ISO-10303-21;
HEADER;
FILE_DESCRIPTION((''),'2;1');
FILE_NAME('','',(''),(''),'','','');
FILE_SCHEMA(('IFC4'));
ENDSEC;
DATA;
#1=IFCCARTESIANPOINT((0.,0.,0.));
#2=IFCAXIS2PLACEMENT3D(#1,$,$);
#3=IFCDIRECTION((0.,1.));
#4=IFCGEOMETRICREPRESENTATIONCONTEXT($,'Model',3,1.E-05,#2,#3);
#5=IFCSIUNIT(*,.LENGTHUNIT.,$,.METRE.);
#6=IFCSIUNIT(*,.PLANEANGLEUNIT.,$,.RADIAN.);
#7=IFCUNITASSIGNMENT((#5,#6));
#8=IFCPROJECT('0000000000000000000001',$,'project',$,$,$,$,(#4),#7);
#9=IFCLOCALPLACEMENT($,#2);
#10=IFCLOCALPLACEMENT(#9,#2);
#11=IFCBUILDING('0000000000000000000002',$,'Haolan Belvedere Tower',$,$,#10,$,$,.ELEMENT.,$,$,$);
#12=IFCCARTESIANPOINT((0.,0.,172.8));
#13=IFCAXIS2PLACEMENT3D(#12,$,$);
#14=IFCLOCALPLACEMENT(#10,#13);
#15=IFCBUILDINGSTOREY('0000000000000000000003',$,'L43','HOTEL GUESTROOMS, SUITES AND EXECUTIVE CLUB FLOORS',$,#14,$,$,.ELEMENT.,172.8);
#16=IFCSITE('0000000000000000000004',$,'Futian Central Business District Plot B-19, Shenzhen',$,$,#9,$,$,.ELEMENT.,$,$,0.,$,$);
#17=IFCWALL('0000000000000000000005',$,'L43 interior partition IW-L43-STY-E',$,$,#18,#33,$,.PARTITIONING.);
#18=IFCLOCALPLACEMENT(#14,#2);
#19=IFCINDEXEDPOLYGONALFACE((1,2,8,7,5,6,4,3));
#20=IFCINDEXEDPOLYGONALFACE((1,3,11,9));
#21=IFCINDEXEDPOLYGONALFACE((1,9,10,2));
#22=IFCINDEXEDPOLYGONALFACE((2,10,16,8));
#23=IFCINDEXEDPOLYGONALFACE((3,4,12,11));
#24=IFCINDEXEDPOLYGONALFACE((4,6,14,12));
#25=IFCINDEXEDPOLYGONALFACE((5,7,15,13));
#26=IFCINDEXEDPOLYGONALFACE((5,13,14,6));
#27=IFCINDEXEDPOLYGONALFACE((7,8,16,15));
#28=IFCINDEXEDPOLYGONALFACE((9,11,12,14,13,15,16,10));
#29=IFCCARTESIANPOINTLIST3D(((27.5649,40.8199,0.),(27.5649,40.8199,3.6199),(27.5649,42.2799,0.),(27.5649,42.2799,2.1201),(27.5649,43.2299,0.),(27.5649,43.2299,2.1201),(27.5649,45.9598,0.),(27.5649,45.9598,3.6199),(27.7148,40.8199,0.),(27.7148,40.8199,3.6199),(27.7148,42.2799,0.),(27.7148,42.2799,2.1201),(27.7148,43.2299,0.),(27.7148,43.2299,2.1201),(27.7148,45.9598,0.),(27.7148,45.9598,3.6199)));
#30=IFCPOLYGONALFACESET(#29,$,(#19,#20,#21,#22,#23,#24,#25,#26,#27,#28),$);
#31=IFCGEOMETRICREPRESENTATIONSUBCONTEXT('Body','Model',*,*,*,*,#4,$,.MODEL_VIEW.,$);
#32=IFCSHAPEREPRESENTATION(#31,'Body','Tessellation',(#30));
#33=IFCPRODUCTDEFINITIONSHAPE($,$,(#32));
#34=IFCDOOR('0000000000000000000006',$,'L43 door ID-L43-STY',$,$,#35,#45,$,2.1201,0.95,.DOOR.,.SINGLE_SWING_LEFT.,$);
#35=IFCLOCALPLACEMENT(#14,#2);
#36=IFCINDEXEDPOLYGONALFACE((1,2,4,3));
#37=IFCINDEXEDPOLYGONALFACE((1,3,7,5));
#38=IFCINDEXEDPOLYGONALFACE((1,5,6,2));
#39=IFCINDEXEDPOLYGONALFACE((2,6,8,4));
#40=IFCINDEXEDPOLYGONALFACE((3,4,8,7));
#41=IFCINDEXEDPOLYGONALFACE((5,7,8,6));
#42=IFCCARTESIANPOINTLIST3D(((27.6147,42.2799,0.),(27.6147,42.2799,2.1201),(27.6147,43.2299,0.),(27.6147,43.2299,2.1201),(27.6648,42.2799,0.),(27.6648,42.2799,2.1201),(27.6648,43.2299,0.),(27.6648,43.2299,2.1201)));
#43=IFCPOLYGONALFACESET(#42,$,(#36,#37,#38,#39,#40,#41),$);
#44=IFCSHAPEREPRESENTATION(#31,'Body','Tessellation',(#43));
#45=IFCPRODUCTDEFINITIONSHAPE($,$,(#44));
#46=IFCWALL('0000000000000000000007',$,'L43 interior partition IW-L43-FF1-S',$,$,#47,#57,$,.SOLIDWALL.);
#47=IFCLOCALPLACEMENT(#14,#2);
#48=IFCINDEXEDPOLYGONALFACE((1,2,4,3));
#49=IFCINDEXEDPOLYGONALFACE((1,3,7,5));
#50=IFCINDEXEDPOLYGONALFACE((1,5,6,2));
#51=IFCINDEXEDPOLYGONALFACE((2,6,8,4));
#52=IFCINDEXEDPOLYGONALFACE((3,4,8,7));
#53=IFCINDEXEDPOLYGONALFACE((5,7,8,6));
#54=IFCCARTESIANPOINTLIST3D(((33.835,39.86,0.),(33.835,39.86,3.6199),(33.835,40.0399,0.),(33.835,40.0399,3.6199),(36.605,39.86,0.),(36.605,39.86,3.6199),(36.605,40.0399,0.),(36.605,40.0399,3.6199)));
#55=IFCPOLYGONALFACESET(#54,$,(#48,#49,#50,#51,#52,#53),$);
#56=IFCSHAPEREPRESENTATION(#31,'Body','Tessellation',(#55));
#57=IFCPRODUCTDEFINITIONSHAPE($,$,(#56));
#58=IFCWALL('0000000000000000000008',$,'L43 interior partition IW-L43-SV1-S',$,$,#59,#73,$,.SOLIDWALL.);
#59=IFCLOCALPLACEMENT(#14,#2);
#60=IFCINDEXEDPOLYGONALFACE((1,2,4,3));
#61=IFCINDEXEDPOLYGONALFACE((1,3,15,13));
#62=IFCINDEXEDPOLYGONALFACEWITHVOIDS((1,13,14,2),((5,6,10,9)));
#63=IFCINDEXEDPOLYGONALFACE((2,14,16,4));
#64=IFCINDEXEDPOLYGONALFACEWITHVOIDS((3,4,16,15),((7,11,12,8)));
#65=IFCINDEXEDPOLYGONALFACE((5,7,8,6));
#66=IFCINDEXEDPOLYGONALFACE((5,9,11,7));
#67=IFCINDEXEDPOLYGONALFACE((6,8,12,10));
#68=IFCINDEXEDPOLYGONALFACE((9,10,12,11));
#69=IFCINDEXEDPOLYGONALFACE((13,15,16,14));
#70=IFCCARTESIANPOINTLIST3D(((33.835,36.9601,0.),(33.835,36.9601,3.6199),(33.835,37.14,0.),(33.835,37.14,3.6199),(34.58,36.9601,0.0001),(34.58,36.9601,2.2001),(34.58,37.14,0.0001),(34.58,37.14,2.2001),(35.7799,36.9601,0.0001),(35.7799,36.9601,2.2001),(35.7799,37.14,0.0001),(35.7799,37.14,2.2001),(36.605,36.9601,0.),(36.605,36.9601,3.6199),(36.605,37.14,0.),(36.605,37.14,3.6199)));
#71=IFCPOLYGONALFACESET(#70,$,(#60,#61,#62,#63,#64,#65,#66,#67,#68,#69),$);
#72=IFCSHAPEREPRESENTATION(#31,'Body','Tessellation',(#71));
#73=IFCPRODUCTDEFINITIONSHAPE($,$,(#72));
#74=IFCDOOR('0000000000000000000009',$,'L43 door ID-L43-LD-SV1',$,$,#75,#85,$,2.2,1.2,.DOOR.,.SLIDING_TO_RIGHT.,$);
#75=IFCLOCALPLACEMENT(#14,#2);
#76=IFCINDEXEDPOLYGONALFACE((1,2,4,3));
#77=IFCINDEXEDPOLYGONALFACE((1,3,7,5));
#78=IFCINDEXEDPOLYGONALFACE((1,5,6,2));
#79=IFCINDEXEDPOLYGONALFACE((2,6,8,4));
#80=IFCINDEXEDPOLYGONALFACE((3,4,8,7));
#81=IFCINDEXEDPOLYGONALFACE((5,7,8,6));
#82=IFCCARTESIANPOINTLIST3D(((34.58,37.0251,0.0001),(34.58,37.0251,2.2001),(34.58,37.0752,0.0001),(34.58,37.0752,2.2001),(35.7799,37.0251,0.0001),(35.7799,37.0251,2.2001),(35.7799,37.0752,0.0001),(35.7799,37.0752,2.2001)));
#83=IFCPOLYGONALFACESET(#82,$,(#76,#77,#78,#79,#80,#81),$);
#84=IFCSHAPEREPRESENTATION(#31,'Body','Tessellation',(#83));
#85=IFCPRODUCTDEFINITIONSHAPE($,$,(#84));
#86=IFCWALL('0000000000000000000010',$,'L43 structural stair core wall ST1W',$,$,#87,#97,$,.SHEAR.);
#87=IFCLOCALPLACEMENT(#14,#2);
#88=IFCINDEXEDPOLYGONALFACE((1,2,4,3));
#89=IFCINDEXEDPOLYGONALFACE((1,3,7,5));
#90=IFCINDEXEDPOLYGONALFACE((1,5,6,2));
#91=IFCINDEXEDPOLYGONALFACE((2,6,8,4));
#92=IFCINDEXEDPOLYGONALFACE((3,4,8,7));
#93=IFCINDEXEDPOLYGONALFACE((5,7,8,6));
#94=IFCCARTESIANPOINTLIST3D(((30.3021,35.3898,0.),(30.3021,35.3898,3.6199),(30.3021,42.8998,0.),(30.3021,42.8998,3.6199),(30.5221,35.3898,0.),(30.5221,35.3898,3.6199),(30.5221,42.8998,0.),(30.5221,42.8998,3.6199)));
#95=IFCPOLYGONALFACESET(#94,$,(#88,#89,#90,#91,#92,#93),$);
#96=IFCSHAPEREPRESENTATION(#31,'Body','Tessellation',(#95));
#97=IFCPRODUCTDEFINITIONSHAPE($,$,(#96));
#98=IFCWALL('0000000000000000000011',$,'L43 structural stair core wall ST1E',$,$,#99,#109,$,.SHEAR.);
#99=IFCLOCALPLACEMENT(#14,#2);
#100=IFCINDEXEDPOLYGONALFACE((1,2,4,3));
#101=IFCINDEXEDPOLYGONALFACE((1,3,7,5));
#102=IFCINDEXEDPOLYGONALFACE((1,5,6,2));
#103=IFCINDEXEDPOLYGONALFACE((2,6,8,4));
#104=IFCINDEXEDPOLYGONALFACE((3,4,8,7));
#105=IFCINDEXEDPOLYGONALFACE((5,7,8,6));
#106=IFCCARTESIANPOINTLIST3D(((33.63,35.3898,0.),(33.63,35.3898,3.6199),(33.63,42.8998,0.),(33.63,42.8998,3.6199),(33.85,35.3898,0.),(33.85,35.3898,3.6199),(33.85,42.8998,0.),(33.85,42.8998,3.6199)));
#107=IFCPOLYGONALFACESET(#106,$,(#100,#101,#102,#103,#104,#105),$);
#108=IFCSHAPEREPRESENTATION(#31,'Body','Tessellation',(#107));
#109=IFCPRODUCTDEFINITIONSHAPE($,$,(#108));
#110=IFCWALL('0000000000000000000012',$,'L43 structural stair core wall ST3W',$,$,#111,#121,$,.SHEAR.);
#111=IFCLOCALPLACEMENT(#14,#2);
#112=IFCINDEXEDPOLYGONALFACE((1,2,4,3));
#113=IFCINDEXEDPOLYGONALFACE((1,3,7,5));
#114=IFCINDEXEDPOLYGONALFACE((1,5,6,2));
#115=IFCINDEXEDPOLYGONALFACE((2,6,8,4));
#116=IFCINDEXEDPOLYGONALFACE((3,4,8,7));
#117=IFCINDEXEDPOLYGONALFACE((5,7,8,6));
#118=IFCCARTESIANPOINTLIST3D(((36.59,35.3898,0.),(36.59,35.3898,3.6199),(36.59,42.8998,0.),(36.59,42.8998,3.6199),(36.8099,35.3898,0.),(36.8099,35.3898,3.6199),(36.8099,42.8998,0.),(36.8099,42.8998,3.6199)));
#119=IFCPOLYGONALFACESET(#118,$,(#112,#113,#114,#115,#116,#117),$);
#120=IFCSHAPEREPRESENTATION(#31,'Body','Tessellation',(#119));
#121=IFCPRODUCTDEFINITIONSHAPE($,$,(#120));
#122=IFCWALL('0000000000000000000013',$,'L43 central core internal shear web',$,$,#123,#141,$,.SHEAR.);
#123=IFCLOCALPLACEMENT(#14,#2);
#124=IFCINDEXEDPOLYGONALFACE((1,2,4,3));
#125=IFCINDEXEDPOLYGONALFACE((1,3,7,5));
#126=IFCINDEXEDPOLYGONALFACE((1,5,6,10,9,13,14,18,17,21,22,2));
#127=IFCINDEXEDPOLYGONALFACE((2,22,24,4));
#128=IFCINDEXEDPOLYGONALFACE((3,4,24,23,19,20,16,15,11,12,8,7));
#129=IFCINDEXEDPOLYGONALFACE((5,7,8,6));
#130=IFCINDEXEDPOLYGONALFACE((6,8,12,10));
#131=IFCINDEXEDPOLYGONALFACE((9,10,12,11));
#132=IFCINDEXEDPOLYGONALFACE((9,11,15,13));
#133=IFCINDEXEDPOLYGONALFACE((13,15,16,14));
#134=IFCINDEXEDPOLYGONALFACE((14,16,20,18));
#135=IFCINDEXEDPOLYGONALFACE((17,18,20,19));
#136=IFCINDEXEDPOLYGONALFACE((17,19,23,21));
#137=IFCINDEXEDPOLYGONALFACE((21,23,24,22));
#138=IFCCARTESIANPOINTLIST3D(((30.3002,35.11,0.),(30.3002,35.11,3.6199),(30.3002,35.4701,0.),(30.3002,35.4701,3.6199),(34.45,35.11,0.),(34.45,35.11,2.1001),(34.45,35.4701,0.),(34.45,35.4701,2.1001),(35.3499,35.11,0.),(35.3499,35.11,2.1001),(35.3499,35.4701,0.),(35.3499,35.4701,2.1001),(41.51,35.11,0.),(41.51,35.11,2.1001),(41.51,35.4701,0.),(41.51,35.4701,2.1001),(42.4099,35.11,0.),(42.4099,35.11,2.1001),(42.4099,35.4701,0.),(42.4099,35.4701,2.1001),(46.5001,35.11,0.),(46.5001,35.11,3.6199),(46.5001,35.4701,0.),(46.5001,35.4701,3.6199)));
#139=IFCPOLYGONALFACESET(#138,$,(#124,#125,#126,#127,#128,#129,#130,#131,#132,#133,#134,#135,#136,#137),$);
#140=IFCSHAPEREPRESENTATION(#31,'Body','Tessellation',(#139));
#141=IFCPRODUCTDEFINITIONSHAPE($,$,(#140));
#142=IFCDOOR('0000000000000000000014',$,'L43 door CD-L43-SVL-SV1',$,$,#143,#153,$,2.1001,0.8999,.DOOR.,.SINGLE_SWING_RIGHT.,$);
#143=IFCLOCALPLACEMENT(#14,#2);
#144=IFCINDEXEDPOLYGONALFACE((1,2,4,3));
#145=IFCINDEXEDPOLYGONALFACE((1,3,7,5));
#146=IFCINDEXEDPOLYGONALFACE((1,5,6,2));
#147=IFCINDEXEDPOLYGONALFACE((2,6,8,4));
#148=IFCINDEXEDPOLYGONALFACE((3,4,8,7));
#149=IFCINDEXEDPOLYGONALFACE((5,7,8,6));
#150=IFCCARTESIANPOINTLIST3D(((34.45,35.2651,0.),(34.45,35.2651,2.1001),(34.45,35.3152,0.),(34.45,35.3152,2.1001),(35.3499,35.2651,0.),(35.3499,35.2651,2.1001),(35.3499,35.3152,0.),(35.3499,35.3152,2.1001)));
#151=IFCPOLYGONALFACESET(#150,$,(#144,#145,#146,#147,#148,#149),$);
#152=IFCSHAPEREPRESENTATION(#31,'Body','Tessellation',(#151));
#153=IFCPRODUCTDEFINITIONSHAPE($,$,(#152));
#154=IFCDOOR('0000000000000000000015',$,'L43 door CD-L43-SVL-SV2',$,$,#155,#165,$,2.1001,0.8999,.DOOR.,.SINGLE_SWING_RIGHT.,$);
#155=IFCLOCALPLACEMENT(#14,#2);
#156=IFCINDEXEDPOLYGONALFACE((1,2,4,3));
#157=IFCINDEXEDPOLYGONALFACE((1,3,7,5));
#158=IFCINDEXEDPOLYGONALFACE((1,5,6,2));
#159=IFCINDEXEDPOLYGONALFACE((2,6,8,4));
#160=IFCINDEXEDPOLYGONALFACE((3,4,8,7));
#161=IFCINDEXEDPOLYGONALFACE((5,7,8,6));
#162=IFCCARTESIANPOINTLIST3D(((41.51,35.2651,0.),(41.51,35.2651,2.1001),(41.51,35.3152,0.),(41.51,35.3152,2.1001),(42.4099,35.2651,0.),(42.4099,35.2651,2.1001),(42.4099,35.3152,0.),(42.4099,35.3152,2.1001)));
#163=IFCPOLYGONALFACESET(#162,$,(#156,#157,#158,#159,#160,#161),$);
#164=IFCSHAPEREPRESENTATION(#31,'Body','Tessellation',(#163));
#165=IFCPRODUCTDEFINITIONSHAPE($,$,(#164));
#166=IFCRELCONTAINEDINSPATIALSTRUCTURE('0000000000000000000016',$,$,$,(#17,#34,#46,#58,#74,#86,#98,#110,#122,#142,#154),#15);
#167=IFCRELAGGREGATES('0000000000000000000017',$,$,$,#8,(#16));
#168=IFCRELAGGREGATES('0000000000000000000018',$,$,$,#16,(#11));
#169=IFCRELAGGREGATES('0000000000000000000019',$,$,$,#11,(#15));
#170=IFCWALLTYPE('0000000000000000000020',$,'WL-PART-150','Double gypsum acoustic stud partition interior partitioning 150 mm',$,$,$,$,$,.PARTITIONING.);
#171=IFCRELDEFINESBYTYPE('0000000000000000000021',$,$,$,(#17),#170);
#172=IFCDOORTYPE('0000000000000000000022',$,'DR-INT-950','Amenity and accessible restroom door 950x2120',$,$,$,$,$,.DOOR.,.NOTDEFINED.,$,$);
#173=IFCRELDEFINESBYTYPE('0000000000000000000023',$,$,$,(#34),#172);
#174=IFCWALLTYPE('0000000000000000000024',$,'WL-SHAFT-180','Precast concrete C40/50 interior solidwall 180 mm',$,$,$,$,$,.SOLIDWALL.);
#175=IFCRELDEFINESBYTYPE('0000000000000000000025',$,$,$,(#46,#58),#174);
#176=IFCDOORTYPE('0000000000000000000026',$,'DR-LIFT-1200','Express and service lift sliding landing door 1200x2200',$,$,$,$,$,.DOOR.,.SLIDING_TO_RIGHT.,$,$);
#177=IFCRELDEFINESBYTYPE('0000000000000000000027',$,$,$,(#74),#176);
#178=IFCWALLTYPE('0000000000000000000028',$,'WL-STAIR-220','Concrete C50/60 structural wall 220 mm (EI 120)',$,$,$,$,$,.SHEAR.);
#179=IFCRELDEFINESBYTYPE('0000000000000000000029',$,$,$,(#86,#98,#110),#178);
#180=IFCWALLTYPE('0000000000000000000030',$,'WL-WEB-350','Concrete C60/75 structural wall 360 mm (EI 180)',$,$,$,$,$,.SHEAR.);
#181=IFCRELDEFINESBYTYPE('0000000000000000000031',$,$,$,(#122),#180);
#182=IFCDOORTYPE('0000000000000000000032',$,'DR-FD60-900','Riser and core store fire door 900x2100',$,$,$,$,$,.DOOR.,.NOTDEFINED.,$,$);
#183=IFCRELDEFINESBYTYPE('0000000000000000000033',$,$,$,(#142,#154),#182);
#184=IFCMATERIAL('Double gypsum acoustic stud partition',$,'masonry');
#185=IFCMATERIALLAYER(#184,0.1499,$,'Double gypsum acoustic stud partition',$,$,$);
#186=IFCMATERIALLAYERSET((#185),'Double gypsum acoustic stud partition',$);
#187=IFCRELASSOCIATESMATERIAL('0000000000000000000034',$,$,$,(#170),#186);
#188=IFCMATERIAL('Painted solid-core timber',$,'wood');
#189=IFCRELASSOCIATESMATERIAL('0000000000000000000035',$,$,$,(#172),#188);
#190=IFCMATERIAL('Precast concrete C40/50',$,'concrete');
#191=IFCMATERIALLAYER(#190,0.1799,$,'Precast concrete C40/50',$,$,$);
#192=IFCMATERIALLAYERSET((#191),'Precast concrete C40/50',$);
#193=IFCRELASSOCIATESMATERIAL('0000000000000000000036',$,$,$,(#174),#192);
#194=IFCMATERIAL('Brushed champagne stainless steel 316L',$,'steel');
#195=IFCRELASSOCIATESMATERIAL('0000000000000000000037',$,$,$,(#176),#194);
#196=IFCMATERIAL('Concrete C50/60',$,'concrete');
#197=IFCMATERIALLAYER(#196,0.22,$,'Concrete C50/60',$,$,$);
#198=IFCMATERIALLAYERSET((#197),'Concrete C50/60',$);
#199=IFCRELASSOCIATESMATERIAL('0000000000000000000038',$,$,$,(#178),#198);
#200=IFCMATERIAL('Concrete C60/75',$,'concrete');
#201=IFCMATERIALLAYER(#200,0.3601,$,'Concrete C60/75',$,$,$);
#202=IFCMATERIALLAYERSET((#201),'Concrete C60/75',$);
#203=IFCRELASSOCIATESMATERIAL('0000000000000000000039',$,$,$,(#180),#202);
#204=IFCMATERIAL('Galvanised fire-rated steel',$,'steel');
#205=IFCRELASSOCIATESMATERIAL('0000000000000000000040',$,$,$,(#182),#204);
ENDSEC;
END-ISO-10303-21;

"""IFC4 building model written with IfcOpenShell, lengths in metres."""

from ifc_helpers import new_model, si_unit, direction, frame, frame_2d, origin, place, context, subcontext, project, spatial, rectangle, extrude, material, layer, layer_set, type_object, element, fill, save


model = new_model("IFC4")

# Units and contexts
model_context = context("Model", 3, precision=1e-05, world=origin(), true_north=direction((0.0, 1.0)))
body_context = subcontext(model_context, "Body", "Model", "MODEL_VIEW")
ifc_project = project(units=[si_unit("LENGTHUNIT", "METRE"), si_unit("PLANEANGLEUNIT", "RADIAN")], contexts=[model_context])

# Site, building, storey
site_placement = place(None, origin())
site = spatial("IfcSite", under=ifc_project, at=site_placement, Name="Futian Central Business District Plot B-19, Shenzhen", CompositionType="ELEMENT", RefElevation=0.0)
building_placement = place(site_placement, origin())
building = spatial("IfcBuilding", under=site, at=building_placement, Name="Haolan Belvedere Tower", CompositionType="ELEMENT")
storey_placement = place(building_placement, frame((0.0, 0.0, 172.8)))
storey = spatial("IfcBuildingStorey", under=building, at=storey_placement, Name="L43", Description="HOTEL GUESTROOMS, SUITES AND EXECUTIVE CLUB FLOORS", CompositionType="ELEMENT", Elevation=172.8)

# Wall, opening, door
ifc_material_1 = material(Name="Double gypsum acoustic stud partition", Category="masonry")
ifc_layer_1 = layer(ifc_material_1, 0.1499, Name="Double gypsum acoustic stud partition")
ifc_layer_set_1 = layer_set([ifc_layer_1], Name="Double gypsum acoustic stud partition")
wall_type_1 = type_object("IfcWallType", Name="WL-PART-150", Description="Double gypsum acoustic stud partition interior partitioning 150 mm", PredefinedType="PARTITIONING", material=ifc_layer_set_1)
ifc_material_2 = material(Name="Painted solid-core timber", Category="wood")
door_type_1 = type_object("IfcDoorType", Name="DR-INT-950", Description="Amenity and accessible restroom door 950x2120", OperationType="NOTDEFINED", PredefinedType="DOOR", material=ifc_material_2)
wall_1_placement = place(storey_placement, frame((27.6399, 40.8201, 0.0), z_axis=(0.0, 0.0, 1.0), x_axis=(0.0, 1.0, 0.0)))
wall_1 = element("IfcWall", 1, at=wall_1_placement, inside=storey, type_object=wall_type_1, Name="L43 interior partition IW-L43-STY-E", PredefinedType="PARTITIONING", context=body_context, shape_type="SweptSolid", body=[
    extrude(rectangle(XDim=5.1399, YDim=0.1499, at=frame_2d((2.5698, 0.0))), origin(), (0.0, 0.0, 1.0), 3.6199),
])
opening_1_placement = place(wall_1_placement, frame((2.4099, 0.0, 0.0), z_axis=(0.0, 0.0, 1.0), x_axis=(-1.0, 0.0, 0.0)))
opening_1 = element("IfcOpeningElement", 2, at=opening_1_placement, cuts=wall_1, PredefinedType="OPENING", context=body_context, shape_type="SweptSolid", body=[
    extrude(rectangle(XDim=0.95, YDim=2.1201, at=frame_2d((0.4751, 1.0601))), frame((0.0, 0.085, 0.0), z_axis=(0.0, -1.0, 0.0), x_axis=(1.0, 0.0, 0.0)), (0.0, 0.0, 1.0), 0.1699),
])
door_1_placement = place(opening_1_placement, origin())
door_1 = element("IfcDoor", 3, at=door_1_placement, inside=storey, type_object=door_type_1, Name="L43 door ID-L43-STY", OperationType="SINGLE_SWING_LEFT", OverallHeight=2.1201, OverallWidth=0.95, PredefinedType="DOOR", context=body_context, shape_type="SweptSolid", body=[
    extrude(rectangle(XDim=0.95, YDim=2.1201, at=frame_2d((0.4751, 1.0601))), frame((0.0, 0.0249, 0.0), z_axis=(0.0, -1.0, 0.0), x_axis=(1.0, 0.0, 0.0)), (0.0, 0.0, 1.0), 0.05),
])
fill(opening_1, door_1)

# Wall
ifc_material_3 = material(Name="Precast concrete C40/50", Category="concrete")
ifc_layer_2 = layer(ifc_material_3, 0.1799, Name="Precast concrete C40/50")
ifc_layer_set_2 = layer_set([ifc_layer_2], Name="Precast concrete C40/50")
wall_type_2 = type_object("IfcWallType", Name="WL-SHAFT-180", Description="Precast concrete C40/50 interior solidwall 180 mm", PredefinedType="SOLIDWALL", material=ifc_layer_set_2)
wall_2_placement = place(storey_placement, frame((33.835, 39.95, 0.0), z_axis=(0.0, 0.0, 1.0), x_axis=(1.0, 0.0, 0.0)))
element("IfcWall", 4, at=wall_2_placement, inside=storey, type_object=wall_type_2, Name="L43 interior partition IW-L43-FF1-S", PredefinedType="SOLIDWALL", context=body_context, shape_type="SweptSolid", body=[
    extrude(rectangle(XDim=2.77, YDim=0.1799, at=frame_2d((1.385, 0.0))), origin(), (0.0, 0.0, 1.0), 3.6199),
])

# Wall, opening, door
wall_3_placement = place(storey_placement, frame((33.835, 37.05, 0.0), z_axis=(0.0, 0.0, 1.0), x_axis=(1.0, 0.0, 0.0)))
wall_3 = element("IfcWall", 5, at=wall_3_placement, inside=storey, type_object=wall_type_2, Name="L43 interior partition IW-L43-SV1-S", PredefinedType="SOLIDWALL", context=body_context, shape_type="SweptSolid", body=[
    extrude(rectangle(XDim=2.77, YDim=0.1799, at=frame_2d((1.385, 0.0))), origin(), (0.0, 0.0, 1.0), 3.6199),
])
opening_2_placement = place(wall_3_placement, frame((1.9451, 0.0, 0.0), z_axis=(0.0, 0.0, 1.0), x_axis=(-1.0, 0.0, 0.0)))
opening_2 = element("IfcOpeningElement", 6, at=opening_2_placement, cuts=wall_3, PredefinedType="OPENING", context=body_context, shape_type="SweptSolid", body=[
    extrude(rectangle(XDim=1.2, YDim=2.2, at=frame_2d((0.6001, 1.1001))), frame((0.0, 0.0999, 0.0), z_axis=(0.0, -1.0, 0.0), x_axis=(1.0, 0.0, 0.0)), (0.0, 0.0, 1.0), 0.2),
])
ifc_material_4 = material(Name="Brushed champagne stainless steel 316L", Category="steel")
door_type_2 = type_object("IfcDoorType", Name="DR-LIFT-1200", Description="Express and service lift sliding landing door 1200x2200", OperationType="SLIDING_TO_RIGHT", PredefinedType="DOOR", material=ifc_material_4)
door_2_placement = place(opening_2_placement, origin())
door_2 = element("IfcDoor", 7, at=door_2_placement, inside=storey, type_object=door_type_2, Name="L43 door ID-L43-LD-SV1", OperationType="SLIDING_TO_RIGHT", OverallHeight=2.2, OverallWidth=1.2, PredefinedType="DOOR", context=body_context, shape_type="SweptSolid", body=[
    extrude(rectangle(XDim=1.2, YDim=2.2, at=frame_2d((0.6001, 1.1001))), frame((0.0, 0.0249, 0.0), z_axis=(0.0, -1.0, 0.0), x_axis=(1.0, 0.0, 0.0)), (0.0, 0.0, 1.0), 0.05),
])
fill(opening_2, door_2)

# Walls
ifc_material_5 = material(Name="Concrete C50/60", Category="concrete")
ifc_layer_3 = layer(ifc_material_5, 0.22, Name="Concrete C50/60")
ifc_layer_set_3 = layer_set([ifc_layer_3], Name="Concrete C50/60")
wall_type_3 = type_object("IfcWallType", Name="WL-STAIR-220", Description="Concrete C50/60 structural wall 220 mm (EI 120)", PredefinedType="SHEAR", material=ifc_layer_set_3)
for number, where, z_axis, x_axis, name in (
    (8, (30.4121, 35.3899, 0.0), (0.0, 0.0, 1.0), (0.0, 1.0, 0.0), "L43 structural stair core wall ST1W"),
    (9, (33.74, 35.3899, 0.0), (0.0, 0.0, 1.0), (0.0, 1.0, 0.0), "L43 structural stair core wall ST1E"),
    (10, (36.7, 35.3899, 0.0), (0.0, 0.0, 1.0), (0.0, 1.0, 0.0), "L43 structural stair core wall ST3W"),
):
    element("IfcWall", number, at=place(storey_placement, frame(where, z_axis=z_axis, x_axis=x_axis)), inside=storey, type_object=wall_type_3, Name=name, PredefinedType="SHEAR", context=body_context, shape_type="SweptSolid", body=[
        extrude(rectangle(XDim=7.51, YDim=0.22, at=frame_2d((3.7549, 0.0))), origin(), (0.0, 0.0, 1.0), 3.6199),
    ])

# Wall, openings, doors
ifc_material_6 = material(Name="Concrete C60/75", Category="concrete")
ifc_layer_4 = layer(ifc_material_6, 0.3601, Name="Concrete C60/75")
ifc_layer_set_4 = layer_set([ifc_layer_4], Name="Concrete C60/75")
wall_type_4 = type_object("IfcWallType", Name="WL-WEB-350", Description="Concrete C60/75 structural wall 360 mm (EI 180)", PredefinedType="SHEAR", material=ifc_layer_set_4)
wall_4_placement = place(storey_placement, frame((30.3, 35.29, 0.0), z_axis=(0.0, 0.0, 1.0), x_axis=(1.0, 0.0, 0.0)))
wall_4 = element("IfcWall", 11, at=wall_4_placement, inside=storey, type_object=wall_type_4, Name="L43 central core internal shear web", PredefinedType="SHEAR", context=body_context, shape_type="SweptSolid", body=[
    extrude(rectangle(XDim=16.2, YDim=0.3601, at=frame_2d((8.1001, 0.0))), origin(), (0.0, 0.0, 1.0), 3.6199),
])
opening_3_placement = place(wall_4_placement, frame((5.0498, 0.0, 0.0), z_axis=(0.0, 0.0, 1.0), x_axis=(-1.0, 0.0, 0.0)))
opening_3 = element("IfcOpeningElement", 12, at=opening_3_placement, cuts=wall_4, PredefinedType="OPENING", context=body_context, shape_type="SweptSolid", body=[
    extrude(rectangle(XDim=0.8999, YDim=2.1001, at=frame_2d((0.45, 1.05))), frame((0.0, 0.1899, 0.0), z_axis=(0.0, -1.0, 0.0), x_axis=(1.0, 0.0, 0.0)), (0.0, 0.0, 1.0), 0.3801),
])
opening_4_placement = place(wall_4_placement, frame((12.1099, 0.0, 0.0), z_axis=(0.0, 0.0, 1.0), x_axis=(-1.0, 0.0, 0.0)))
opening_4 = element("IfcOpeningElement", 13, at=opening_4_placement, cuts=wall_4, PredefinedType="OPENING", context=body_context, shape_type="SweptSolid", body=[
    extrude(rectangle(XDim=0.8999, YDim=2.1001, at=frame_2d((0.45, 1.05))), frame((0.0, 0.1899, 0.0), z_axis=(0.0, -1.0, 0.0), x_axis=(1.0, 0.0, 0.0)), (0.0, 0.0, 1.0), 0.3801),
])
ifc_material_7 = material(Name="Galvanised fire-rated steel", Category="steel")
door_type_3 = type_object("IfcDoorType", Name="DR-FD60-900", Description="Riser and core store fire door 900x2100", OperationType="NOTDEFINED", PredefinedType="DOOR", material=ifc_material_7)
door_3_placement = place(opening_3_placement, origin())
door_3 = element("IfcDoor", 14, at=door_3_placement, inside=storey, type_object=door_type_3, Name="L43 door CD-L43-SVL-SV1", OperationType="SINGLE_SWING_RIGHT", OverallHeight=2.1001, OverallWidth=0.8999, PredefinedType="DOOR", context=body_context, shape_type="SweptSolid", body=[
    extrude(rectangle(XDim=0.8999, YDim=2.1001, at=frame_2d((0.45, 1.05))), frame((0.0, 0.0249, 0.0), z_axis=(0.0, -1.0, 0.0), x_axis=(1.0, 0.0, 0.0)), (0.0, 0.0, 1.0), 0.05),
])
fill(opening_3, door_3)
door_4_placement = place(opening_4_placement, origin())
door_4 = element("IfcDoor", 15, at=door_4_placement, inside=storey, type_object=door_type_3, Name="L43 door CD-L43-SVL-SV2", OperationType="SINGLE_SWING_RIGHT", OverallHeight=2.1001, OverallWidth=0.8999, PredefinedType="DOOR", context=body_context, shape_type="SweptSolid", body=[
    extrude(rectangle(XDim=0.8999, YDim=2.1001, at=frame_2d((0.45, 1.05))), frame((0.0, 0.0249, 0.0), z_axis=(0.0, -1.0, 0.0), x_axis=(1.0, 0.0, 0.0)), (0.0, 0.0, 1.0), 0.05),
])
fill(opening_4, door_4)

save(model, "model.ifc")
